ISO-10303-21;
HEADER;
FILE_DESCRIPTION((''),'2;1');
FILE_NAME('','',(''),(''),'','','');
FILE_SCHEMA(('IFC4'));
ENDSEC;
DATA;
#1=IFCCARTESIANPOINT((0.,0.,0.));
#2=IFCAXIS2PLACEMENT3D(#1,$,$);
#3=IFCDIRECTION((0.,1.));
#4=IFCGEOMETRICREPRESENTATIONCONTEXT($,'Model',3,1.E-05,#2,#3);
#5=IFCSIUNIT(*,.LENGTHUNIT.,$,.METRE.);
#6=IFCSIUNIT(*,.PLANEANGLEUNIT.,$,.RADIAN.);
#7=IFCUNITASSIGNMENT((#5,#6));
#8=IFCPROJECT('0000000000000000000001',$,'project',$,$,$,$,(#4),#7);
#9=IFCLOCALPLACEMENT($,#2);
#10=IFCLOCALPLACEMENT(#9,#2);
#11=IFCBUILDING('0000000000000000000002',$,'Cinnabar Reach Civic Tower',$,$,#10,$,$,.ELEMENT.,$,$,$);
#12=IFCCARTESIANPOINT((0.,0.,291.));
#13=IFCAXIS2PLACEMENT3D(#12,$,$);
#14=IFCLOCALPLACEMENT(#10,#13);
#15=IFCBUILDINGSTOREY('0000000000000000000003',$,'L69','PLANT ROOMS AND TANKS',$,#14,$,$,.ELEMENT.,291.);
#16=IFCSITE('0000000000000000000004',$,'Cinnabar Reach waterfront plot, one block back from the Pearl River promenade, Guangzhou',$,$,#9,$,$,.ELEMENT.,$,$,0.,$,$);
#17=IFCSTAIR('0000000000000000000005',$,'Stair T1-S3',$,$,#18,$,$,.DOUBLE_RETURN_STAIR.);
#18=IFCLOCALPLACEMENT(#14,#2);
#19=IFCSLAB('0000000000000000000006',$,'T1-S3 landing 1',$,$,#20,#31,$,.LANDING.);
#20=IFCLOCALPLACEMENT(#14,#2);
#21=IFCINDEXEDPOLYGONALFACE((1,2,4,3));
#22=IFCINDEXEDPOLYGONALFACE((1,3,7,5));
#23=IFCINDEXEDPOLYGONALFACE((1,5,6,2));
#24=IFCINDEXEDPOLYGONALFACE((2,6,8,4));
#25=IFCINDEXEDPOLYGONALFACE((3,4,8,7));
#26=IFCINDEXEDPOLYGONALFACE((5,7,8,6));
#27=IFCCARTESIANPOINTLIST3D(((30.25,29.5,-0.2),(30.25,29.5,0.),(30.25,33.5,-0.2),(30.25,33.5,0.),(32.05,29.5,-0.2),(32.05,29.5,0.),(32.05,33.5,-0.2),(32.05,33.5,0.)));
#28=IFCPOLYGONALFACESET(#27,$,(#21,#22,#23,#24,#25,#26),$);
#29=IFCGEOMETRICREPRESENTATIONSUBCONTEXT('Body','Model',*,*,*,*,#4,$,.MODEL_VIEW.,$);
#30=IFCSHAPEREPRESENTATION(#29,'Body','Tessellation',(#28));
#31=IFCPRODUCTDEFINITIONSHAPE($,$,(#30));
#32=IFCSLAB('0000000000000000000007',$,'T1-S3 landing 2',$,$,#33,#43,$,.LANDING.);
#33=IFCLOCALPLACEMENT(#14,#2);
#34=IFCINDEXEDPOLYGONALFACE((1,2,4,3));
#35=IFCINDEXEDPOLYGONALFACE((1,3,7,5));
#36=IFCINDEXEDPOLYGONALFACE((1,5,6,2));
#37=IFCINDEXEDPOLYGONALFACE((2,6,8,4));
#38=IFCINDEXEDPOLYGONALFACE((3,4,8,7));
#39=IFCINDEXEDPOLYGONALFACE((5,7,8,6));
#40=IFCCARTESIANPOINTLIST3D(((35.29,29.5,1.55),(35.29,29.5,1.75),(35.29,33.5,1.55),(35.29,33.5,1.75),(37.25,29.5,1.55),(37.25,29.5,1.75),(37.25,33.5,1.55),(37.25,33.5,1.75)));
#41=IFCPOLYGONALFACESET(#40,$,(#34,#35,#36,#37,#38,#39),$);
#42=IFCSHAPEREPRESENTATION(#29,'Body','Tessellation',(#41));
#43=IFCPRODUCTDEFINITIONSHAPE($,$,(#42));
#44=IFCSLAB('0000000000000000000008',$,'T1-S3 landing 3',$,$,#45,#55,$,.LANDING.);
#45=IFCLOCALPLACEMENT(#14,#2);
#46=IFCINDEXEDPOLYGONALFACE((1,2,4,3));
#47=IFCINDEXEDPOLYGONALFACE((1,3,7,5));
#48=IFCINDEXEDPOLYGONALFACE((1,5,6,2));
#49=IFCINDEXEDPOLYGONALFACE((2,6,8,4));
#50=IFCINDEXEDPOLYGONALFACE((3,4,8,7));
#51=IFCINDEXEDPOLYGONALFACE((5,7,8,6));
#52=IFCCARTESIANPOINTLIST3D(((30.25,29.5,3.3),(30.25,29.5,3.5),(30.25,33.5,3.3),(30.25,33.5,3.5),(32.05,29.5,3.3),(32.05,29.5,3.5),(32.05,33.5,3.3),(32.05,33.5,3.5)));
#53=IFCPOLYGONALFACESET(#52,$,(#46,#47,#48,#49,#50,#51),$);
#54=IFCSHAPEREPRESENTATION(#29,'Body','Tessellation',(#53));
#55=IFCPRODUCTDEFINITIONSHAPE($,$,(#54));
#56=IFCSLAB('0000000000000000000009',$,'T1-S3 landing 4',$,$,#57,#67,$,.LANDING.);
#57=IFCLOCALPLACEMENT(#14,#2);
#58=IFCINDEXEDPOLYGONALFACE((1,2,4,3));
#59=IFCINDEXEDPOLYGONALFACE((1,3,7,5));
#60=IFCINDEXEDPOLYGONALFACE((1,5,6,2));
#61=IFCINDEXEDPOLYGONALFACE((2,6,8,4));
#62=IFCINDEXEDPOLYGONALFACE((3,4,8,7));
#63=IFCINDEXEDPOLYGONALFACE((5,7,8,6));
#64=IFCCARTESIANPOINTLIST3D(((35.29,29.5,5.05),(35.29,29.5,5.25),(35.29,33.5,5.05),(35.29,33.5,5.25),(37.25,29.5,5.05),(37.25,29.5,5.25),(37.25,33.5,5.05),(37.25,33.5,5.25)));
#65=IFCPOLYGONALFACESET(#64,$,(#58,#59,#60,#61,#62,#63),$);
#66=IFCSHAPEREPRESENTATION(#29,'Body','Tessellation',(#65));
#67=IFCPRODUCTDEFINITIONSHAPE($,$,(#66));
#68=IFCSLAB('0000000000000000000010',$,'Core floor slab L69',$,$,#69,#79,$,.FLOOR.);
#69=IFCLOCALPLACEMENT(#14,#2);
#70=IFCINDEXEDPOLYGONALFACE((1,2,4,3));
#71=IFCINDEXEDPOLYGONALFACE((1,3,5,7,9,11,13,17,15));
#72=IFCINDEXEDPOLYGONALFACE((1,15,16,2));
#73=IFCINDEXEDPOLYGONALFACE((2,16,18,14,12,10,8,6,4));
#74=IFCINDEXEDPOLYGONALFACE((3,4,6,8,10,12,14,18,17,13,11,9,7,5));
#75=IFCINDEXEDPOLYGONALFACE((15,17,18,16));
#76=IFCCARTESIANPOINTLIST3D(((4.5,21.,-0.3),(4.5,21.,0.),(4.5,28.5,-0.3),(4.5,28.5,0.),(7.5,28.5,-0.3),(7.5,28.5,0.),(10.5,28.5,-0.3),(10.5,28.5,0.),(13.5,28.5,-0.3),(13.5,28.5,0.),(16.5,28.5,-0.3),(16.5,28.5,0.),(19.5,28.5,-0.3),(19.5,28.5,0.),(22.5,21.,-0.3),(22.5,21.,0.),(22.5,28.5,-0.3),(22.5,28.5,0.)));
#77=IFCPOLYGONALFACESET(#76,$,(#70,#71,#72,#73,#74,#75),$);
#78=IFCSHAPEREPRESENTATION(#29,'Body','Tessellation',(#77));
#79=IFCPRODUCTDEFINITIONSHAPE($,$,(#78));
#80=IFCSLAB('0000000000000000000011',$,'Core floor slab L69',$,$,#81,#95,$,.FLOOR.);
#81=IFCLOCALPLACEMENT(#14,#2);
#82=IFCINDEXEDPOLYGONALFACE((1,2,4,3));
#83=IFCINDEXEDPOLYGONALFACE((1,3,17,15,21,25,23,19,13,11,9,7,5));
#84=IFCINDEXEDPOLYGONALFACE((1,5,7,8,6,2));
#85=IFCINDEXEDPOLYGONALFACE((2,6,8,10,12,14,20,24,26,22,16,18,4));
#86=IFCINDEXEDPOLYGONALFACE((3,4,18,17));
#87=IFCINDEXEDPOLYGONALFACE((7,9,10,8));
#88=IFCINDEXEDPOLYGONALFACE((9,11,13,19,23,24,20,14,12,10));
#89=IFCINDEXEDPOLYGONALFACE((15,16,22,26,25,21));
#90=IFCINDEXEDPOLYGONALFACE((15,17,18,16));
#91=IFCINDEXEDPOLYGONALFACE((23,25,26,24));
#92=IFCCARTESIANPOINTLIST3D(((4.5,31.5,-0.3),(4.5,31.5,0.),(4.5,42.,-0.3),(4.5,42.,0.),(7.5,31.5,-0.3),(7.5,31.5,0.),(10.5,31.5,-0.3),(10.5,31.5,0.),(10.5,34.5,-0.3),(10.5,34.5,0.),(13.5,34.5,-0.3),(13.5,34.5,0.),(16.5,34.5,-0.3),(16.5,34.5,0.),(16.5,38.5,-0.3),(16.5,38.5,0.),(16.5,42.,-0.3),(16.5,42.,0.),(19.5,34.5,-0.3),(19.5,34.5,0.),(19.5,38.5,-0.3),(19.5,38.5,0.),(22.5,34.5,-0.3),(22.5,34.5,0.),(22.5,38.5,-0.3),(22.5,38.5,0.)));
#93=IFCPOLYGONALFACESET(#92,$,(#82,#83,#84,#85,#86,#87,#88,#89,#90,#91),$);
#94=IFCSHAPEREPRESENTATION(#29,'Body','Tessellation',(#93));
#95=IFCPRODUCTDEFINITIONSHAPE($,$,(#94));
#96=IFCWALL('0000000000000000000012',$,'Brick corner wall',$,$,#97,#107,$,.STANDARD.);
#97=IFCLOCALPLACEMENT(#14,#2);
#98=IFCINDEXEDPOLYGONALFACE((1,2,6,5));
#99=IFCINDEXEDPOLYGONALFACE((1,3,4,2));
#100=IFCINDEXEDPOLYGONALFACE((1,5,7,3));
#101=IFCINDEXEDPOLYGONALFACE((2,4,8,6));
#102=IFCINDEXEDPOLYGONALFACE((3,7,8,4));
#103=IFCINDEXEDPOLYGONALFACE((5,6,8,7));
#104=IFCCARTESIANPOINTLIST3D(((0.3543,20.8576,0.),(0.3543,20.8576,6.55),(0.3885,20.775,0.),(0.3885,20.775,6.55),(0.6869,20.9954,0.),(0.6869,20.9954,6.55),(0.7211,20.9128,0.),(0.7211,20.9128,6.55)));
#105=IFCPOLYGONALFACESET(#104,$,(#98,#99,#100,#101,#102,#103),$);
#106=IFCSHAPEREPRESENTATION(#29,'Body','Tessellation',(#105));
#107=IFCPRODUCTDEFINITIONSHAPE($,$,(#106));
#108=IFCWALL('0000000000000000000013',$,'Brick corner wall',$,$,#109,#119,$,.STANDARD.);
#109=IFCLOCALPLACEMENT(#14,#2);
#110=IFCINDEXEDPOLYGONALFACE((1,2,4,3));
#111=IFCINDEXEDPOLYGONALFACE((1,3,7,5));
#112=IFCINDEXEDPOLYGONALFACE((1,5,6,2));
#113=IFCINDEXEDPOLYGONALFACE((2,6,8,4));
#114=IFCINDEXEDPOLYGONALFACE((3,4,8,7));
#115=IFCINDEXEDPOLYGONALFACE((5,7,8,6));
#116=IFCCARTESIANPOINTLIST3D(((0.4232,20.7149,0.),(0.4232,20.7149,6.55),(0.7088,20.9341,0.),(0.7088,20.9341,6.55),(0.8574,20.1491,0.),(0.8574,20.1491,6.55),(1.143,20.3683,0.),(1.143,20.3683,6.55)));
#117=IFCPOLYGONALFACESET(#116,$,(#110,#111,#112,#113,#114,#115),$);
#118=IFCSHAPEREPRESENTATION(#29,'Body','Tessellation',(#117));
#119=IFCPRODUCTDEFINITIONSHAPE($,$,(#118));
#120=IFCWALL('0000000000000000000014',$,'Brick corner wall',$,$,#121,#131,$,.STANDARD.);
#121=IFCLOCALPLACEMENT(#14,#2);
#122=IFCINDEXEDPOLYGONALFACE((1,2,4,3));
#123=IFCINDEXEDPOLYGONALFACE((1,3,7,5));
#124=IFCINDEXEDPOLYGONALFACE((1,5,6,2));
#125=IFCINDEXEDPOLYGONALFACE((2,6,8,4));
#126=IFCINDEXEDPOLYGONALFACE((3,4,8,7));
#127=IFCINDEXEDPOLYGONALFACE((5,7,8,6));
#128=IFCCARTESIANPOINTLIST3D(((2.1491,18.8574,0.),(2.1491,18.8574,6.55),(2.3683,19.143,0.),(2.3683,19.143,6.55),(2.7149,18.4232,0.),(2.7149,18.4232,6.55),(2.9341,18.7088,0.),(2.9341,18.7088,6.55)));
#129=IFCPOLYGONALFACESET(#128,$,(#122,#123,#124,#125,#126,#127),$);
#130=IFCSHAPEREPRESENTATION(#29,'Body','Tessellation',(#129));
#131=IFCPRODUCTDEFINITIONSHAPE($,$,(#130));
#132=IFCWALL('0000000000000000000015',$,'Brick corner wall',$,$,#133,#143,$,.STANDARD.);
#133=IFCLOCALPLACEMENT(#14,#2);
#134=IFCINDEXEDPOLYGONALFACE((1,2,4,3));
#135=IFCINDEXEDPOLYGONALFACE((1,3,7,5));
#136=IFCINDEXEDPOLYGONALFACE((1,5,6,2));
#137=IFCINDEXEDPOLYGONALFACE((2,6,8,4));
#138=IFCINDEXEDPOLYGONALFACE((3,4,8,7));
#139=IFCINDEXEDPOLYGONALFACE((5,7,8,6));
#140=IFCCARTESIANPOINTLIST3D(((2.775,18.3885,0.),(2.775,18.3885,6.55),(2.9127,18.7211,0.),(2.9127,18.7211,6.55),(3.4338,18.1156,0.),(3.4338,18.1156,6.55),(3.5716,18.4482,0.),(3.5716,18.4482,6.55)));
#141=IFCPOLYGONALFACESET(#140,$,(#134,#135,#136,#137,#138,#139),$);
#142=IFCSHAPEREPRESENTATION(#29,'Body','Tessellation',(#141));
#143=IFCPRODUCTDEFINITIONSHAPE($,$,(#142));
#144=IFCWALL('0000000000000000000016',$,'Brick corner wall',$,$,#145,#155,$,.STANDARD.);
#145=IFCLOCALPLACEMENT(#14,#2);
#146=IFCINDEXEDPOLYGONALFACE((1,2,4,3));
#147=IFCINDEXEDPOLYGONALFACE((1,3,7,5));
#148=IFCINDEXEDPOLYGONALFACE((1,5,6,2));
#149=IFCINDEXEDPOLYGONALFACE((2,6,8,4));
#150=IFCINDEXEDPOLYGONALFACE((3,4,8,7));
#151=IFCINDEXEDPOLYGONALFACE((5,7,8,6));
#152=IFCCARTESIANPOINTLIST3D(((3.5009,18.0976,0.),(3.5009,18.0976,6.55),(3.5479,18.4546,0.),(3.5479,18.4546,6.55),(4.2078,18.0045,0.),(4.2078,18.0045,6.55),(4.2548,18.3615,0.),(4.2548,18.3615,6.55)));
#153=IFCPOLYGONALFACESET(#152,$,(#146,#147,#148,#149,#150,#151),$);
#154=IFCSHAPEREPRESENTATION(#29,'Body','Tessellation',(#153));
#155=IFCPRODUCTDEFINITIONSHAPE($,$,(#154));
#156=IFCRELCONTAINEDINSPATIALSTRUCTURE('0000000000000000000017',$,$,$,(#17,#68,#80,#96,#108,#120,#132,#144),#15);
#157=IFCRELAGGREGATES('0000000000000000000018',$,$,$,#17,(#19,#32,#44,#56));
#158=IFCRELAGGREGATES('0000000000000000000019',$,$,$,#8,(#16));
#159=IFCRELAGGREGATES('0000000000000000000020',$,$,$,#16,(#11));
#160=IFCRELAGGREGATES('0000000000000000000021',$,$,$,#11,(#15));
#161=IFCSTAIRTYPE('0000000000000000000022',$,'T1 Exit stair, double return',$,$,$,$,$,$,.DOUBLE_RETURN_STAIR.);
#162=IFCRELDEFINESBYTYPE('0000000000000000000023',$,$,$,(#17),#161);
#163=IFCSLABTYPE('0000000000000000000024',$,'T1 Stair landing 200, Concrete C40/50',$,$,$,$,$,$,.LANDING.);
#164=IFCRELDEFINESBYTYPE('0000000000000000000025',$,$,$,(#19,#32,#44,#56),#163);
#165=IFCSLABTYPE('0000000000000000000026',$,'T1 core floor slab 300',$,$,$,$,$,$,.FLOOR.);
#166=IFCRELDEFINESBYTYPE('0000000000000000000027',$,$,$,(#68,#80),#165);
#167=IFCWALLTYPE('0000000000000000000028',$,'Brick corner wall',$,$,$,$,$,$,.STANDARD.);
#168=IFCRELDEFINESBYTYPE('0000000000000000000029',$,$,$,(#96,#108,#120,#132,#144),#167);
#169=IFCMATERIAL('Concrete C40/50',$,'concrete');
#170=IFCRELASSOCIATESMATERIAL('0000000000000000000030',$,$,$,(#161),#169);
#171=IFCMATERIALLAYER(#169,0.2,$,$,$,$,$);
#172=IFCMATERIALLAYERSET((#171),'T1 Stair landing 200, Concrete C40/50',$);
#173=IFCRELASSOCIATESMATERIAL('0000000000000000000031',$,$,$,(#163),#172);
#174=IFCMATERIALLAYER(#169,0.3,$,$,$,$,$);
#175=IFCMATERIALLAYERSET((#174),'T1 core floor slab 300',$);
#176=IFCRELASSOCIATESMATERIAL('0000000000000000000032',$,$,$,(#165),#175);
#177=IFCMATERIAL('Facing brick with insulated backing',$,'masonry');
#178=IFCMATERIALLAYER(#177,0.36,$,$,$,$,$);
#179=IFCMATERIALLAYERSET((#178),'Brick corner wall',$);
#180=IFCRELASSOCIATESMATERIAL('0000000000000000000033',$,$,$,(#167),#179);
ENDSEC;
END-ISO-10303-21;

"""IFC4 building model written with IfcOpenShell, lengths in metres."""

from ifc_helpers import new_model, si_unit, direction, frame, frame_2d, origin, place, context, subcontext, project, spatial, polyline, rectangle, outline, extrude, material, layer, layer_set, type_object, element, aggregate, save


model = new_model("IFC4")

# Units and contexts
model_context = context("Model", 3, precision=1e-05, world=origin(), true_north=direction((0.0, 1.0)))
body_context = subcontext(model_context, "Body", "Model", "MODEL_VIEW")
ifc_project = project(units=[si_unit("LENGTHUNIT", "METRE"), si_unit("PLANEANGLEUNIT", "RADIAN")], contexts=[model_context])

# Site, building, storey
site_placement = place(None, origin())
site = spatial("IfcSite", under=ifc_project, at=site_placement, Name="Cinnabar Reach waterfront plot, one block back from the Pearl River promenade, Guangzhou", CompositionType="ELEMENT", RefElevation=0.0)
building_placement = place(site_placement, origin())
building = spatial("IfcBuilding", under=site, at=building_placement, Name="Cinnabar Reach Civic Tower", CompositionType="ELEMENT")
storey_placement = place(building_placement, frame((0.0, 0.0, 291.0)))
storey = spatial("IfcBuildingStorey", under=building, at=storey_placement, Name="L69", Description="PLANT ROOMS AND TANKS", CompositionType="ELEMENT", Elevation=291.0)

# Stair, slabs
ifc_material_1 = material(Name="Concrete C40/50", Category="concrete")
stair_type = type_object("IfcStairType", Name="T1 Exit stair, double return", PredefinedType="DOUBLE_RETURN_STAIR", material=ifc_material_1)
ifc_layer_1 = layer(ifc_material_1, 0.2)
ifc_layer_set_1 = layer_set([ifc_layer_1], Name="T1 Stair landing 200, Concrete C40/50")
slab_type_1 = type_object("IfcSlabType", Name="T1 Stair landing 200, Concrete C40/50", PredefinedType="LANDING", material=ifc_layer_set_1)
stair_1_placement = place(storey_placement, origin())
stair_1 = element("IfcStair", 1, at=stair_1_placement, inside=storey, type_object=stair_type, Name="Stair T1-S3", PredefinedType="DOUBLE_RETURN_STAIR")
slab_1_placement = place(storey_placement, frame((0.0, 0.0, -0.2)))
slab_1 = element("IfcSlab", 2, at=slab_1_placement, type_object=slab_type_1, Name="T1-S3 landing 1", PredefinedType="LANDING", context=body_context, shape_type="SweptSolid", body=[
    extrude(outline(polyline([(30.25, 29.5), (32.05, 29.5), (32.05, 33.5), (30.25, 33.5), (30.25, 29.5)])), origin(), (0.0, 0.0, 1.0), 0.2),
])
slab_2_placement = place(storey_placement, frame((0.0, 0.0, 1.55)))
slab_2 = element("IfcSlab", 3, at=slab_2_placement, type_object=slab_type_1, Name="T1-S3 landing 2", PredefinedType="LANDING", context=body_context, shape_type="SweptSolid", body=[
    extrude(outline(polyline([(35.29, 29.5), (37.25, 29.5), (37.25, 33.5), (35.29, 33.5), (35.29, 29.5)])), origin(), (0.0, 0.0, 1.0), 0.2),
])
slab_3_placement = place(storey_placement, frame((0.0, 0.0, 3.3)))
slab_3 = element("IfcSlab", 4, at=slab_3_placement, type_object=slab_type_1, Name="T1-S3 landing 3", PredefinedType="LANDING", context=body_context, shape_type="SweptSolid", body=[
    extrude(outline(polyline([(30.25, 29.5), (32.05, 29.5), (32.05, 33.5), (30.25, 33.5), (30.25, 29.5)])), origin(), (0.0, 0.0, 1.0), 0.2),
])
slab_4_placement = place(storey_placement, frame((0.0, 0.0, 5.05)))
slab_4 = element("IfcSlab", 5, at=slab_4_placement, type_object=slab_type_1, Name="T1-S3 landing 4", PredefinedType="LANDING", context=body_context, shape_type="SweptSolid", body=[
    extrude(outline(polyline([(35.29, 29.5), (37.25, 29.5), (37.25, 33.5), (35.29, 33.5), (35.29, 29.5)])), origin(), (0.0, 0.0, 1.0), 0.2),
])
aggregate(stair_1, [slab_1, slab_2, slab_3, slab_4])

# Slabs
ifc_layer_2 = layer(ifc_material_1, 0.3)
ifc_layer_set_2 = layer_set([ifc_layer_2], Name="T1 core floor slab 300")
slab_type_2 = type_object("IfcSlabType", Name="T1 core floor slab 300", PredefinedType="FLOOR", material=ifc_layer_set_2)
slab_5_placement = place(storey_placement, frame((0.0, 0.0, -0.3)))
element("IfcSlab", 6, at=slab_5_placement, inside=storey, type_object=slab_type_2, Name="Core floor slab L69", PredefinedType="FLOOR", context=body_context, shape_type="SweptSolid", body=[
    extrude(outline(polyline([(22.5, 21.0), (4.5, 21.0), (4.5, 28.5), (7.5, 28.5), (10.5, 28.5), (13.5, 28.5), (16.5, 28.5), (19.5, 28.5), (22.5, 28.5), (22.5, 21.0)])), origin(), (0.0, 0.0, 1.0), 0.3),
])
slab_6_placement = place(storey_placement, frame((0.0, 0.0, -0.3)))
element("IfcSlab", 7, at=slab_6_placement, inside=storey, type_object=slab_type_2, Name="Core floor slab L69", PredefinedType="FLOOR", context=body_context, shape_type="SweptSolid", body=[
    extrude(outline(polyline([(22.5, 34.5), (19.5, 34.5), (16.5, 34.5), (13.5, 34.5), (10.5, 34.5), (10.5, 31.5), (7.5, 31.5), (4.5, 31.5), (4.5, 42.0), (16.5, 42.0), (16.5, 38.5), (19.5, 38.5), (22.5, 38.5), (22.5, 34.5)])), origin(), (0.0, 0.0, 1.0), 0.3),
])

# Walls
ifc_material_2 = material(Name="Facing brick with insulated backing", Category="masonry")
ifc_layer_3 = layer(ifc_material_2, 0.36)
ifc_layer_set_3 = layer_set([ifc_layer_3], Name="Brick corner wall")
wall_type_1 = type_object("IfcWallType", Name="Brick corner wall", PredefinedType="STANDARD", material=ifc_layer_set_3)
wall_1_placement = place(storey_placement, frame((0.5206, 20.9265, 0.0), z_axis=(0.0, 0.0, 1.0), x_axis=(0.382549, -0.923935, 0.0)))
element("IfcWall", 8, at=wall_1_placement, inside=storey, type_object=wall_type_1, Name="Brick corner wall", PredefinedType="STANDARD", context=body_context, shape_type="SweptSolid", body=[
    extrude(rectangle(XDim=0.0894, YDim=0.36, at=frame_2d((0.0447, 0.0))), origin(), (0.0, 0.0, 1.0), 6.55),
])
for number, where, z_axis, x_axis, name in (
    (9, (0.566, 20.8245, 0.0), (0.0, 0.0, 1.0), (0.608802, -0.793322, 0.0), "Brick corner wall"),
    (10, (2.2587, 19.0002, 0.0), (0.0, 0.0, 1.0), (0.793322, -0.608802, 0.0), "Brick corner wall"),
):
    element("IfcWall", number, at=place(storey_placement, frame(where, z_axis=z_axis, x_axis=x_axis)), inside=storey, type_object=wall_type_1, Name=name, PredefinedType="STANDARD", context=body_context, shape_type="SweptSolid", body=[
        extrude(rectangle(XDim=0.7132, YDim=0.36, at=frame_2d((0.3566, 0.0))), origin(), (0.0, 0.0, 1.0), 6.55),
    ])
for number, where, z_axis, x_axis, name in (
    (11, (2.8439, 18.5548, 0.0), (0.0, 0.0, 1.0), (0.923872, -0.382703, 0.0), "Brick corner wall"),
    (12, (3.5244, 18.2761, 0.0), (0.0, 0.0, 1.0), (0.991441, -0.130556, 0.0), "Brick corner wall"),
):
    element("IfcWall", number, at=place(storey_placement, frame(where, z_axis=z_axis, x_axis=x_axis)), inside=storey, type_object=wall_type_1, Name=name, PredefinedType="STANDARD", context=body_context, shape_type="SweptSolid", body=[
        extrude(rectangle(XDim=0.7131, YDim=0.36, at=frame_2d((0.3565, 0.0))), origin(), (0.0, 0.0, 1.0), 6.55),
    ])

save(model, "model.ifc")
